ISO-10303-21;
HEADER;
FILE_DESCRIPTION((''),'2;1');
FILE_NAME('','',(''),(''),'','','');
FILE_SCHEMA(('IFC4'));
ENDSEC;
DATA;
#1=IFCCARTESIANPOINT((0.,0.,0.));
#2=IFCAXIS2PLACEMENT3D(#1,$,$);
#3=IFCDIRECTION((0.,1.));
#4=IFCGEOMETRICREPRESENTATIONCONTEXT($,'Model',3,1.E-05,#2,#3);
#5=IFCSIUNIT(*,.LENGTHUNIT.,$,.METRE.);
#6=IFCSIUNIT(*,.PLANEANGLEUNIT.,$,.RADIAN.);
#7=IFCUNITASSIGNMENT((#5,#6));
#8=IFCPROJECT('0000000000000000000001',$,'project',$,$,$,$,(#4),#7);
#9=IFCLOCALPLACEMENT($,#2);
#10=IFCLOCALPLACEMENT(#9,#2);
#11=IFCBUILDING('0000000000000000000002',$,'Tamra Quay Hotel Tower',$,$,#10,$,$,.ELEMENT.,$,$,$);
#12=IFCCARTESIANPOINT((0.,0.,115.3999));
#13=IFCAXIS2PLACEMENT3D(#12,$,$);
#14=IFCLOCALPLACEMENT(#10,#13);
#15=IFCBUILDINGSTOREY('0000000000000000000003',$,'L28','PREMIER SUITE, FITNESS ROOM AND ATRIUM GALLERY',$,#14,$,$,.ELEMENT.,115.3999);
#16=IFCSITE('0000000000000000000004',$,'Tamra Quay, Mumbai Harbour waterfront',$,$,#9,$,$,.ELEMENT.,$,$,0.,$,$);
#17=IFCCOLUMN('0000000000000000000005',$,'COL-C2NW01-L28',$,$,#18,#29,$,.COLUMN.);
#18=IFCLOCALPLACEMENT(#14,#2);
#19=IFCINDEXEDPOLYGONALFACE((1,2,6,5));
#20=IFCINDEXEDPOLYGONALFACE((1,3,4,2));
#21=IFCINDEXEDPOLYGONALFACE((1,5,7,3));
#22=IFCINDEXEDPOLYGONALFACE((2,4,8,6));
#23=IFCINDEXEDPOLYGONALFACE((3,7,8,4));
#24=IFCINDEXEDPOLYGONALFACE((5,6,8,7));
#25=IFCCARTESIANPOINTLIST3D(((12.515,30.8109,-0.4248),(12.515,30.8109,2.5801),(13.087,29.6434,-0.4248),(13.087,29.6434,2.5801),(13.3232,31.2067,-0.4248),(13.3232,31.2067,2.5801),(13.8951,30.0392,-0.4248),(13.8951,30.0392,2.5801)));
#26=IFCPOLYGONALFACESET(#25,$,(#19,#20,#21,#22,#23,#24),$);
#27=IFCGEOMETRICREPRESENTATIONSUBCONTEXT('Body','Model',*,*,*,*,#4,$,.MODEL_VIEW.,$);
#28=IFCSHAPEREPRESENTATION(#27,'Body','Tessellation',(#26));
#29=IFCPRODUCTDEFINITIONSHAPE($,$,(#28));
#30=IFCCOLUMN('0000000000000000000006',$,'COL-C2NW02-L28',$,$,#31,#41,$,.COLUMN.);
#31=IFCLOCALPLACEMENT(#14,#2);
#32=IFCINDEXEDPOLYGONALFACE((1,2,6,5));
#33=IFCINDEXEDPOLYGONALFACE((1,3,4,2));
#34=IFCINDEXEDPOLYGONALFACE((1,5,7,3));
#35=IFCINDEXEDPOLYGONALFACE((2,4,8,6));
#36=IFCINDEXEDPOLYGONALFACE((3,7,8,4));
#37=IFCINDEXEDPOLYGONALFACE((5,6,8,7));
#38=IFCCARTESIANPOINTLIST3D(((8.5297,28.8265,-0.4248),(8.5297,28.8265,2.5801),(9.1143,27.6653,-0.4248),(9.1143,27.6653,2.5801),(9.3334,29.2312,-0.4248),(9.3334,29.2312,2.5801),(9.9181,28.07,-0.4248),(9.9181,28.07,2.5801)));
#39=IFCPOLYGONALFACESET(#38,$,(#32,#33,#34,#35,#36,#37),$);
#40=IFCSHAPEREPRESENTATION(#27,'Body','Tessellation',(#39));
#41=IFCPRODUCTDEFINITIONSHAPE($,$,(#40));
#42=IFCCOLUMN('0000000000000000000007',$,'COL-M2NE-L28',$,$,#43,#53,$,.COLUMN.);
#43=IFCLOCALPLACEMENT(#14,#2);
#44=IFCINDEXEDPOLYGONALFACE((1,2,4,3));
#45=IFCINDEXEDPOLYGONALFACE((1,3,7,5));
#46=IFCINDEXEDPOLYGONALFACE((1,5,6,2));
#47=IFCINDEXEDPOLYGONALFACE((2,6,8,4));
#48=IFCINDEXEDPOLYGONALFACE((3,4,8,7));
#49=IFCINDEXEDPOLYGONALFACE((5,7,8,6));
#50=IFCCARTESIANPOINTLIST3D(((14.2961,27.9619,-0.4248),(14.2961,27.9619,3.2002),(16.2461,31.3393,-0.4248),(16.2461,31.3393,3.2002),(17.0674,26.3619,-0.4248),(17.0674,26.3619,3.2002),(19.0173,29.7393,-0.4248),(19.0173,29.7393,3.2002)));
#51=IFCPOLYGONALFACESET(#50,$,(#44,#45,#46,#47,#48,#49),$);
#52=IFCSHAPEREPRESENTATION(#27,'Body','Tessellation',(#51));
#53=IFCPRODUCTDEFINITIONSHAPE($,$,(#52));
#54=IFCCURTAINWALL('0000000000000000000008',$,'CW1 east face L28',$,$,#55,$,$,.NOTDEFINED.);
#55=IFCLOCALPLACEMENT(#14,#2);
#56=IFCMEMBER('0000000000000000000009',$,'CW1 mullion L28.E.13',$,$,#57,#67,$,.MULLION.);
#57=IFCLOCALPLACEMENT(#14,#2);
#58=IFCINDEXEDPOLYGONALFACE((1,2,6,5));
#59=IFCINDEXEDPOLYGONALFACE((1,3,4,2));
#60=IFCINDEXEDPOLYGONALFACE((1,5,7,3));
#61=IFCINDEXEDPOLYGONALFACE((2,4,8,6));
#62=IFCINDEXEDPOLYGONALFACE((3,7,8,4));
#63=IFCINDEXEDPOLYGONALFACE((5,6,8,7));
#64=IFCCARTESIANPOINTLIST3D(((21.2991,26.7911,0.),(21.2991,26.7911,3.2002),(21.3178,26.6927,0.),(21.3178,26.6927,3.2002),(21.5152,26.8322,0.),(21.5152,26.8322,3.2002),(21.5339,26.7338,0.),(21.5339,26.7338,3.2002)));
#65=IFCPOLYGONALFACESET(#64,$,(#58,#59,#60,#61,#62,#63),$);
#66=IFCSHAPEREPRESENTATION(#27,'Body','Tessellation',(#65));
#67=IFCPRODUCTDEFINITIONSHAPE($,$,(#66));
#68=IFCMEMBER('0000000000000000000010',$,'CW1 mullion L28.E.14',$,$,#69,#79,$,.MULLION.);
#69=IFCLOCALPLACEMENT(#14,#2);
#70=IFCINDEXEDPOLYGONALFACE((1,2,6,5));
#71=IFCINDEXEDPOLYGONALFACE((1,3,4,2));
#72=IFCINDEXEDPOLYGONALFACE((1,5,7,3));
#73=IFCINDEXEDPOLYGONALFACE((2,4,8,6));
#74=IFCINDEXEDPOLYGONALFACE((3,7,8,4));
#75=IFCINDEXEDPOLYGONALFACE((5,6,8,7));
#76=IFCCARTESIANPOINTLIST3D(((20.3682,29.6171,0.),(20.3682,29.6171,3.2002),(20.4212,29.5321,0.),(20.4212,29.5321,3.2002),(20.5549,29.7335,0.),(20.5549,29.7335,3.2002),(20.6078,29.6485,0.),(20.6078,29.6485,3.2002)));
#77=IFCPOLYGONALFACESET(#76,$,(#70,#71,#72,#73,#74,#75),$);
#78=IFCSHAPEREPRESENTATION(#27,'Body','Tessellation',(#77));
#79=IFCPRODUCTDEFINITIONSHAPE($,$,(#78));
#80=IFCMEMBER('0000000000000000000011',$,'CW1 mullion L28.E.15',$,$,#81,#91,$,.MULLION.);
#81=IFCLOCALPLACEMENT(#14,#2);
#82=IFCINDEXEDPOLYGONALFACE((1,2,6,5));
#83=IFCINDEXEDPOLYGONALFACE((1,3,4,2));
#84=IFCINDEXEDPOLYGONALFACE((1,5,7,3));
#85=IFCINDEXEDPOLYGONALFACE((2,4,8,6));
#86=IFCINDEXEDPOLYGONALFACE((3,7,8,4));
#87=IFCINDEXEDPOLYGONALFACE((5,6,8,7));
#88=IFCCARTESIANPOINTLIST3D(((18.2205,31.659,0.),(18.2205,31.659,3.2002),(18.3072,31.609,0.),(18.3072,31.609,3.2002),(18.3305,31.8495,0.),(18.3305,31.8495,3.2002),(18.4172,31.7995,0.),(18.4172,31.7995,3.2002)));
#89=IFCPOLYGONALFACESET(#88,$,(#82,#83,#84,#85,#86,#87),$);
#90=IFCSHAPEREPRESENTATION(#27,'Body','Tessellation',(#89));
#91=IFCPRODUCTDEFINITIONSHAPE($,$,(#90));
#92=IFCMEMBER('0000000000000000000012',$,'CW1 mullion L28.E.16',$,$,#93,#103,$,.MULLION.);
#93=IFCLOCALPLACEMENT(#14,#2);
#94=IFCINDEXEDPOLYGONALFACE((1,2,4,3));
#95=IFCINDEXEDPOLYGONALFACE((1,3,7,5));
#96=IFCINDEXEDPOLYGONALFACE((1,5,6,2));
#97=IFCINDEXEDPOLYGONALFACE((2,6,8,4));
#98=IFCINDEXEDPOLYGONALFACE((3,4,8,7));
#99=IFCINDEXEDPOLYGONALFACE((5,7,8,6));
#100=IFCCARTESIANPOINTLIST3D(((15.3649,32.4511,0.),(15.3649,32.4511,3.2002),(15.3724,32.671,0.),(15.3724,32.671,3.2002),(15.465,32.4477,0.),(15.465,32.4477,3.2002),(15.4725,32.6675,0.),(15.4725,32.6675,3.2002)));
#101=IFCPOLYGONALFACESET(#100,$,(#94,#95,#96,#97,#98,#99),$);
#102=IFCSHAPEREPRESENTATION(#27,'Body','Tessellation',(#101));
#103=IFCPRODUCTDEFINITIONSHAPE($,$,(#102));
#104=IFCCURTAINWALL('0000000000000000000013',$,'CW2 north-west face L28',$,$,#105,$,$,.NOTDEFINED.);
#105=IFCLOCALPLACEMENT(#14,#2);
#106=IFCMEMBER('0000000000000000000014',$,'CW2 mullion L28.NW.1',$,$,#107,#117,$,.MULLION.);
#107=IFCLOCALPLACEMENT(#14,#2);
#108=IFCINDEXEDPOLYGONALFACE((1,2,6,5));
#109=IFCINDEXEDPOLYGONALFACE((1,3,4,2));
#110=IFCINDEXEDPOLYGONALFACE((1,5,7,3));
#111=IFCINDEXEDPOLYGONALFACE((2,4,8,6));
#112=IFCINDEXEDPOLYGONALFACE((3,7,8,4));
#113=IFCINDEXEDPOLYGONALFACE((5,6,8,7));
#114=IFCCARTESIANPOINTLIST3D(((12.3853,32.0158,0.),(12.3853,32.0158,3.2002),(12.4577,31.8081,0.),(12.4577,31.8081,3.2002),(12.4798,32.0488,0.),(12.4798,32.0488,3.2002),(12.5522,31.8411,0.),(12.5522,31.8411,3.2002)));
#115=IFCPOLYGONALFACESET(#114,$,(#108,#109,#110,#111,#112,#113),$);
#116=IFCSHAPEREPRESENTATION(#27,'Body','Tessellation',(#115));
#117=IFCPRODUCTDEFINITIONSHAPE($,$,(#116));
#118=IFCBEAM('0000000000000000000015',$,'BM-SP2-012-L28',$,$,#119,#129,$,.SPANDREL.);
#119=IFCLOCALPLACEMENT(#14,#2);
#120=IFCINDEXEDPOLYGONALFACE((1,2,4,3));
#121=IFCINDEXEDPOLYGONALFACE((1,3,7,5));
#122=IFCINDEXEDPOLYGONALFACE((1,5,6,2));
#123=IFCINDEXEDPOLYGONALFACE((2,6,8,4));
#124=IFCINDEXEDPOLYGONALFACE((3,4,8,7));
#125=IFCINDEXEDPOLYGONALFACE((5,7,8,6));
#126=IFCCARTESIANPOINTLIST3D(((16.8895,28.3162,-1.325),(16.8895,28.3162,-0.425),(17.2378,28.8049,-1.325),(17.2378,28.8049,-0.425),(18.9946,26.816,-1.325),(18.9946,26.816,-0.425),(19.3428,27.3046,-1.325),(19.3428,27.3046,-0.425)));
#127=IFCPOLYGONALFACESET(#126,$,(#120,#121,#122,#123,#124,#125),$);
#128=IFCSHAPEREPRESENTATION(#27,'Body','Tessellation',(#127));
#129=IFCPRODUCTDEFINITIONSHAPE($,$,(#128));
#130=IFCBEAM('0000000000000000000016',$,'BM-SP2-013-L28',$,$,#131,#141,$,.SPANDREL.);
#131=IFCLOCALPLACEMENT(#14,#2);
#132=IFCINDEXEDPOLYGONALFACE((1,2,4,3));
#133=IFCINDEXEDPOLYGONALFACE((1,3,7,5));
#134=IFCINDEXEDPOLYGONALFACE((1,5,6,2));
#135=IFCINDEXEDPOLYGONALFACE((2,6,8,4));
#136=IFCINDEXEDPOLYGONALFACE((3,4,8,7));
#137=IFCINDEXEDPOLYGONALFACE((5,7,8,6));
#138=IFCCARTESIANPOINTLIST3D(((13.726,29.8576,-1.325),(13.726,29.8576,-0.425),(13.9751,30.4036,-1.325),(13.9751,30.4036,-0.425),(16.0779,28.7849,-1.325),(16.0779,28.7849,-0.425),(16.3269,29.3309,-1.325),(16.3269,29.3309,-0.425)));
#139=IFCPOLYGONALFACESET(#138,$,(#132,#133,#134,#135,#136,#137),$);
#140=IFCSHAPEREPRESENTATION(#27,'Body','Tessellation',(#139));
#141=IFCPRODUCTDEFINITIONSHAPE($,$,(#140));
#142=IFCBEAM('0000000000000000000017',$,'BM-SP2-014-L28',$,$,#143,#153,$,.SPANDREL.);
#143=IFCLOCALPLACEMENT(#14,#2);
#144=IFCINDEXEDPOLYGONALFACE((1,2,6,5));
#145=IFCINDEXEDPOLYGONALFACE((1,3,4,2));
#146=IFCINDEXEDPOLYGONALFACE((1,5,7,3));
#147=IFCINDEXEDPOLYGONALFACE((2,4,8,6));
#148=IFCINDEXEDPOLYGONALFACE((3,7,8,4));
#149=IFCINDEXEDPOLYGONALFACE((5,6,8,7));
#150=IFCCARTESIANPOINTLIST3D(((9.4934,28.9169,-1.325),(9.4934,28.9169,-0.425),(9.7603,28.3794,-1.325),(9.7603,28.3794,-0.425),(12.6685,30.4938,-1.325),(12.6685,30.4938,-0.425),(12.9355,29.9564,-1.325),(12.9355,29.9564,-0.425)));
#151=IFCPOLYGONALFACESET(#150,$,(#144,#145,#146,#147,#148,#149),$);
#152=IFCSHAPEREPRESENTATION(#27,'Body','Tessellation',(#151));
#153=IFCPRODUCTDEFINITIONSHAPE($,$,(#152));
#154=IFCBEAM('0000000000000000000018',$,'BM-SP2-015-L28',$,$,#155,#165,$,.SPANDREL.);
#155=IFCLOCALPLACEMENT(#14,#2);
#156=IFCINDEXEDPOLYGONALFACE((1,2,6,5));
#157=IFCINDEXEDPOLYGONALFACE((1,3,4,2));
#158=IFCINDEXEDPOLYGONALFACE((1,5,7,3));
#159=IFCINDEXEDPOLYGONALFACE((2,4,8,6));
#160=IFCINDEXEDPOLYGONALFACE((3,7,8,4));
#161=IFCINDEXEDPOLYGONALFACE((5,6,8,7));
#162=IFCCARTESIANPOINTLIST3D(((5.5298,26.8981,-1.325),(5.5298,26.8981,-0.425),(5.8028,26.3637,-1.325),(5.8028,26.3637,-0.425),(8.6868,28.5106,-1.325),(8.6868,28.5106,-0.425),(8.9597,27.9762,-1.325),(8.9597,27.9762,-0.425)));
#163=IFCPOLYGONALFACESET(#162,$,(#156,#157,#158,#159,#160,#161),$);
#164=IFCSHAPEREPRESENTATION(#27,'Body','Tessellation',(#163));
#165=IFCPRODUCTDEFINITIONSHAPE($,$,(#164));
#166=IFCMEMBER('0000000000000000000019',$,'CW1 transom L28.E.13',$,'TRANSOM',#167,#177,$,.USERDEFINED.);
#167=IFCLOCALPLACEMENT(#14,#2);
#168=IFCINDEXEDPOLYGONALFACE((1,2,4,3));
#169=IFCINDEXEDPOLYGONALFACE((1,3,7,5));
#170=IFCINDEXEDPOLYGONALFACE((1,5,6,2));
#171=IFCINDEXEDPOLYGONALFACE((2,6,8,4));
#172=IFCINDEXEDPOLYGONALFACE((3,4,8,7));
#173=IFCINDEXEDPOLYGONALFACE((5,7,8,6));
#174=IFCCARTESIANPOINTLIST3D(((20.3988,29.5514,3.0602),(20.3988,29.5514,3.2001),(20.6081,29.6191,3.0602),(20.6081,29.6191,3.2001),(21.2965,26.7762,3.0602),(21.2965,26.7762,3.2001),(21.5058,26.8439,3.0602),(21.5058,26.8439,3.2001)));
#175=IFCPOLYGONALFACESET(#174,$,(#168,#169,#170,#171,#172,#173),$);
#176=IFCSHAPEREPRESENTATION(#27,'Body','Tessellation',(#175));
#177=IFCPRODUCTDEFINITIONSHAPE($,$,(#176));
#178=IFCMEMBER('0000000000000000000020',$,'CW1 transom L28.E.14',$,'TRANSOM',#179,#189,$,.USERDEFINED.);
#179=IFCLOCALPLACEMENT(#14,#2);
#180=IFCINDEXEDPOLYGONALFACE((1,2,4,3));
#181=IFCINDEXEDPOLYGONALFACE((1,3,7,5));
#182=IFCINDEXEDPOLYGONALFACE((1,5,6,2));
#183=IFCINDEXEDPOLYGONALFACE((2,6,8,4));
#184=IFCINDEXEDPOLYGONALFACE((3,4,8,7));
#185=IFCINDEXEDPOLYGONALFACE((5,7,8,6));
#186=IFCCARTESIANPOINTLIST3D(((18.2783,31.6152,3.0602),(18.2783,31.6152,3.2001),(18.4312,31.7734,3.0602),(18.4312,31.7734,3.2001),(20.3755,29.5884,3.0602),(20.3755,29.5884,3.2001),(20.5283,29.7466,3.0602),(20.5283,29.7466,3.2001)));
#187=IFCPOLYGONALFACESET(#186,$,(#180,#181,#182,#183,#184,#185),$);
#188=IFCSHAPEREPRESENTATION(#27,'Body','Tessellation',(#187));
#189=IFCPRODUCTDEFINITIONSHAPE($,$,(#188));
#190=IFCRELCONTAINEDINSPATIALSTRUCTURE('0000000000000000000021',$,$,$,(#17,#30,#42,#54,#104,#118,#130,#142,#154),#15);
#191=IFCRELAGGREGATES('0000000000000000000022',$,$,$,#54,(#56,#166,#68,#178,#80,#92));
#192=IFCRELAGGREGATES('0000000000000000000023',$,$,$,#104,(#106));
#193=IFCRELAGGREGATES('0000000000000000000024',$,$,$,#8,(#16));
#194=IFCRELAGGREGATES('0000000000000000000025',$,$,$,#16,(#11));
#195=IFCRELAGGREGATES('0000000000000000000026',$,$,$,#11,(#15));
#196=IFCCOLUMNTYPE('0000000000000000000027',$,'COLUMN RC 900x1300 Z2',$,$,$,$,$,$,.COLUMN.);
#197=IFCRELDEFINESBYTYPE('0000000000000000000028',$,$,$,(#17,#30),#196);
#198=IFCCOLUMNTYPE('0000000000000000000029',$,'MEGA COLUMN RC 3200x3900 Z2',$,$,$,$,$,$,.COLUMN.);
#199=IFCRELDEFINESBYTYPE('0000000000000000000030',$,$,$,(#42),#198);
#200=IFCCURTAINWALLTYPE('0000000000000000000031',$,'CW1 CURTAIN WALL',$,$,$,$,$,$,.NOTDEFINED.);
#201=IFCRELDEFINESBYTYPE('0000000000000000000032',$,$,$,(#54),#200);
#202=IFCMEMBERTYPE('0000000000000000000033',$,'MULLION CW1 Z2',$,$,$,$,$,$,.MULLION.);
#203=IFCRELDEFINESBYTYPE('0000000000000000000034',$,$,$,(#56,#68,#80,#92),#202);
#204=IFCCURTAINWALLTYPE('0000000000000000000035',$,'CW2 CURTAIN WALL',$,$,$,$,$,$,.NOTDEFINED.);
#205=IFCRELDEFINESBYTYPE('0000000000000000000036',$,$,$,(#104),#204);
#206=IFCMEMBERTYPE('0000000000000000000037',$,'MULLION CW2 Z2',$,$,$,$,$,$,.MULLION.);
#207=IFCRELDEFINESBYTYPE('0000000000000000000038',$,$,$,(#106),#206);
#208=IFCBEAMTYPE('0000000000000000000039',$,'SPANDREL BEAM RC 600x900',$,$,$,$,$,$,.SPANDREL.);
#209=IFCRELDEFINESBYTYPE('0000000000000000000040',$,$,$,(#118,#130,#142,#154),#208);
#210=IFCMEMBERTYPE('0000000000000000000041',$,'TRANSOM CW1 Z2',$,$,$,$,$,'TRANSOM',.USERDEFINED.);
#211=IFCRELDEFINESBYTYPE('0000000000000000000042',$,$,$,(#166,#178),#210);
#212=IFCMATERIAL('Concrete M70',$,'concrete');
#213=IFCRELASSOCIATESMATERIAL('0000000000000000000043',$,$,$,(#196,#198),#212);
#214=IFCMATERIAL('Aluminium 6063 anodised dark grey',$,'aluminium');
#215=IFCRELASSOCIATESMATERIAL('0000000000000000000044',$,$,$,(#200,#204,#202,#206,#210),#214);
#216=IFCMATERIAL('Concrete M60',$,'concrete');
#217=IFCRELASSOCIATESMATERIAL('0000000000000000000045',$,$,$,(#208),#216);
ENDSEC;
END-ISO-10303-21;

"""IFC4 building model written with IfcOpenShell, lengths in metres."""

from ifc_helpers import new_model, si_unit, direction, frame, origin, origin_2d, place, context, subcontext, project, spatial, rectangle, extrude, material, material_profile, profile_set, type_object, element, aggregate, save


model = new_model("IFC4")

# Units and contexts
model_context = context("Model", 3, precision=1e-05, world=origin(), true_north=direction((0.0, 1.0)))
body_context = subcontext(model_context, "Body", "Model", "MODEL_VIEW")
ifc_project = project(units=[si_unit("LENGTHUNIT", "METRE"), si_unit("PLANEANGLEUNIT", "RADIAN")], contexts=[model_context])

# Site, building, storey
site_placement = place(None, origin())
site = spatial("IfcSite", under=ifc_project, at=site_placement, Name="Tamra Quay, Mumbai Harbour waterfront", CompositionType="ELEMENT", RefElevation=0.0)
building_placement = place(site_placement, origin())
building = spatial("IfcBuilding", under=site, at=building_placement, Name="Tamra Quay Hotel Tower", CompositionType="ELEMENT")
storey_placement = place(building_placement, frame((0.0, 0.0, 115.3999)))
storey = spatial("IfcBuildingStorey", under=building, at=storey_placement, Name="L28", Description="PREMIER SUITE, FITNESS ROOM AND ATRIUM GALLERY", CompositionType="ELEMENT", Elevation=115.3999)

# Columns
ifc_material_1 = material(Name="Concrete M70", Category="concrete")
ifc_material_profile_1 = material_profile(ifc_material_1, rectangle(XDim=1.3, YDim=0.8999, at=origin_2d()), Name="COLUMN RC 900x1300 Z2")
ifc_profile_set_1 = profile_set([ifc_material_profile_1], Name="Concrete M70")
column_type_1 = type_object("IfcColumnType", Name="COLUMN RC 900x1300 Z2", PredefinedType="COLUMN", material=ifc_profile_set_1)
for number, where, z_axis, x_axis, name in (
    (1, (13.2051, 30.425, -0.4248), (0.0, 0.0, 1.0), (-0.439916, 0.898039, 0.0), "COL-C2NW01-L28"),
    (2, (9.2239, 28.4482, -0.4248), (0.0, 0.0, 1.0), (-0.449727, 0.893166, 0.0), "COL-C2NW02-L28"),
):
    element("IfcColumn", number, at=place(storey_placement, frame(where, z_axis=z_axis, x_axis=x_axis)), inside=storey, type_object=column_type_1, Name=name, PredefinedType="COLUMN", context=body_context, shape_type="SweptSolid", body=[
        extrude(rectangle(XDim=1.3, YDim=0.8999, at=origin_2d()), origin(), (0.0, 0.0, 1.0), 3.0049),
    ])
ifc_material_profile_2 = material_profile(ifc_material_1, rectangle(XDim=3.8999, YDim=3.2, at=origin_2d()), Name="MEGA COLUMN RC 3200x3900 Z2")
ifc_profile_set_2 = profile_set([ifc_material_profile_2], Name="Concrete M70")
column_type_2 = type_object("IfcColumnType", Name="MEGA COLUMN RC 3200x3900 Z2", PredefinedType="COLUMN", material=ifc_profile_set_2)
column_placement = place(storey_placement, frame((16.6567, 28.8506, -0.4248), z_axis=(0.0, 0.0, 1.0), x_axis=(0.5, 0.866025, 0.0)))
element("IfcColumn", 3, at=column_placement, inside=storey, type_object=column_type_2, Name="COL-M2NE-L28", PredefinedType="COLUMN", context=body_context, shape_type="SweptSolid", body=[
    extrude(rectangle(XDim=3.8999, YDim=3.2, at=origin_2d()), origin(), (0.0, 0.0, 1.0), 3.625),
])

# Curtain wall, members
ifc_material_2 = material(Name="Aluminium 6063 anodised dark grey", Category="aluminium")
curtain_wall_type_1 = type_object("IfcCurtainWallType", Name="CW1 CURTAIN WALL", PredefinedType="NOTDEFINED", material=ifc_material_2)
curtain_wall_1_placement = place(storey_placement, origin())
curtain_wall_1 = element("IfcCurtainWall", 4, at=curtain_wall_1_placement, inside=storey, type_object=curtain_wall_type_1, Name="CW1 east face L28", PredefinedType="NOTDEFINED")
ifc_material_profile_3 = material_profile(ifc_material_2, rectangle(XDim=0.22, YDim=0.1001, at=origin_2d()), Name="MULLION 100X220")
ifc_profile_set_3 = profile_set([ifc_material_profile_3], Name="Aluminium 6063 anodised dark grey")
member_type_1 = type_object("IfcMemberType", Name="MULLION CW1 Z2", PredefinedType="MULLION", material=ifc_profile_set_3)
member_1_placement = place(storey_placement, frame((21.4165, 26.7625, 0.0), z_axis=(0.0, 0.0, 1.0), x_axis=(0.982419, 0.186689, 0.0)))
member_1 = element("IfcMember", 5, at=member_1_placement, type_object=member_type_1, Name="CW1 mullion L28.E.13", PredefinedType="MULLION", context=body_context, shape_type="SweptSolid", body=[
    extrude(rectangle(XDim=0.22, YDim=0.1001, at=origin_2d()), origin(), (0.0, 0.0, 1.0), 3.2002),
])
member_2_placement = place(storey_placement, frame((20.488, 29.6328, 0.0), z_axis=(0.0, 0.0, 1.0), x_axis=(0.848503, 0.52919, 0.0)))
member_2 = element("IfcMember", 6, at=member_2_placement, type_object=member_type_1, Name="CW1 mullion L28.E.14", PredefinedType="MULLION", context=body_context, shape_type="SweptSolid", body=[
    extrude(rectangle(XDim=0.22, YDim=0.1001, at=origin_2d()), origin(), (0.0, 0.0, 1.0), 3.2002),
])
member_3_placement = place(storey_placement, frame((18.3188, 31.7292, 0.0), z_axis=(0.0, 0.0, 1.0), x_axis=(0.5, 0.866025, 0.0)))
member_3 = element("IfcMember", 7, at=member_3_placement, type_object=member_type_1, Name="CW1 mullion L28.E.15", PredefinedType="MULLION", context=body_context, shape_type="SweptSolid", body=[
    extrude(rectangle(XDim=0.22, YDim=0.1001, at=origin_2d()), origin(), (0.0, 0.0, 1.0), 3.2002),
])
member_4_placement = place(storey_placement, frame((15.4187, 32.5593, 0.0), z_axis=(0.0, 0.0, 1.0), x_axis=(0.034041, 0.99942, 0.0)))
member_4 = element("IfcMember", 8, at=member_4_placement, type_object=member_type_1, Name="CW1 mullion L28.E.16", PredefinedType="MULLION", context=body_context, shape_type="SweptSolid", body=[
    extrude(rectangle(XDim=0.22, YDim=0.1001, at=origin_2d()), origin(), (0.0, 0.0, 1.0), 3.2002),
])

# Curtain wall, member
curtain_wall_type_2 = type_object("IfcCurtainWallType", Name="CW2 CURTAIN WALL", PredefinedType="NOTDEFINED", material=ifc_material_2)
curtain_wall_2_placement = place(storey_placement, origin())
curtain_wall_2 = element("IfcCurtainWall", 9, at=curtain_wall_2_placement, inside=storey, type_object=curtain_wall_type_2, Name="CW2 north-west face L28", PredefinedType="NOTDEFINED")
ifc_material_profile_4 = material_profile(ifc_material_2, rectangle(XDim=0.22, YDim=0.1001, at=origin_2d()), Name="MULLION 100X220")
ifc_profile_set_4 = profile_set([ifc_material_profile_4], Name="Aluminium 6063 anodised dark grey")
member_type_2 = type_object("IfcMemberType", Name="MULLION CW2 Z2", PredefinedType="MULLION", material=ifc_profile_set_4)
member_5_placement = place(storey_placement, frame((12.4688, 31.9285, 0.0), z_axis=(0.0, 0.0, 1.0), x_axis=(-0.329532, 0.944144, 0.0)))
member_5 = element("IfcMember", 10, at=member_5_placement, type_object=member_type_2, Name="CW2 mullion L28.NW.1", PredefinedType="MULLION", context=body_context, shape_type="SweptSolid", body=[
    extrude(rectangle(XDim=0.22, YDim=0.1001, at=origin_2d()), origin(), (0.0, 0.0, 1.0), 3.2002),
])

# Beams
ifc_material_3 = material(Name="Concrete M60", Category="concrete")
ifc_material_profile_5 = material_profile(ifc_material_3, rectangle(XDim=0.6001, YDim=0.8999, at=origin_2d()), Name="SPANDREL BEAM RC 600x900")
ifc_profile_set_5 = profile_set([ifc_material_profile_5], Name="Concrete M60")
beam_type = type_object("IfcBeamType", Name="SPANDREL BEAM RC 600x900", PredefinedType="SPANDREL", material=ifc_profile_set_5)
for number, where, z_axis, x_axis, name in (
    (11, (19.1687, 27.0603, -0.875), (-0.814339, 0.580389, 0.0), (-0.580389, -0.814339, 0.0), "BM-SP2-012-L28"),
    (12, (16.2024, 29.0579, -0.875), (-0.909819, 0.415005, 0.0), (-0.415005, -0.909819, 0.0), "BM-SP2-013-L28"),
):
    element("IfcBeam", number, at=place(storey_placement, frame(where, z_axis=z_axis, x_axis=x_axis)), inside=storey, type_object=beam_type, Name=name, PredefinedType="SPANDREL", context=body_context, shape_type="SweptSolid", body=[
        extrude(rectangle(XDim=0.6001, YDim=0.8999, at=origin_2d()), origin(), (0.0, 0.0, 1.0), 2.585),
    ])
beam_1_placement = place(storey_placement, frame((12.802, 30.2251, -0.875), z_axis=(-0.895622, -0.444815, 0.0), x_axis=(0.444815, -0.895622, 0.0)))
element("IfcBeam", 13, at=beam_1_placement, inside=storey, type_object=beam_type, Name="BM-SP2-014-L28", PredefinedType="SPANDREL", context=body_context, shape_type="SweptSolid", body=[
    extrude(rectangle(XDim=0.6001, YDim=0.8999, at=origin_2d()), origin(), (0.0, 0.0, 1.0), 3.5452),
])
beam_2_placement = place(storey_placement, frame((8.8232, 28.2434, -0.875), z_axis=(-0.890551, -0.454883, 0.0), x_axis=(0.454883, -0.890551, 0.0)))
element("IfcBeam", 14, at=beam_2_placement, inside=storey, type_object=beam_type, Name="BM-SP2-015-L28", PredefinedType="SPANDREL", context=body_context, shape_type="SweptSolid", body=[
    extrude(rectangle(XDim=0.6001, YDim=0.8999, at=origin_2d()), origin(), (0.0, 0.0, 1.0), 3.5449),
])

# Members
ifc_material_profile_6 = material_profile(ifc_material_2, rectangle(XDim=0.22, YDim=0.1399, at=origin_2d()), Name="TRANSOM 220X140")
ifc_profile_set_6 = profile_set([ifc_material_profile_6], Name="Aluminium 6063 anodised dark grey")
member_type_3 = type_object("IfcMemberType", Name="TRANSOM CW1 Z2", ElementType="TRANSOM", PredefinedType="USERDEFINED", material=ifc_profile_set_6)
member_6_placement = place(storey_placement, frame((21.4011, 26.8101, 3.1301), z_axis=(-0.307778, 0.951458, 0.0), x_axis=(-0.951458, -0.307778, 0.0)))
member_6 = element("IfcMember", 15, at=member_6_placement, type_object=member_type_3, Name="CW1 transom L28.E.13", ObjectType="TRANSOM", PredefinedType="USERDEFINED", context=body_context, shape_type="SweptSolid", body=[
    extrude(rectangle(XDim=0.22, YDim=0.1399, at=origin_2d()), origin(), (0.0, 0.0, 1.0), 2.9167),
])
member_7_placement = place(storey_placement, frame((20.4519, 29.6675, 3.1301), z_axis=(-0.719058, 0.69495, 0.0), x_axis=(-0.69495, -0.719058, 0.0)))
member_7 = element("IfcMember", 16, at=member_7_placement, type_object=member_type_3, Name="CW1 transom L28.E.14", ObjectType="TRANSOM", PredefinedType="USERDEFINED", context=body_context, shape_type="SweptSolid", body=[
    extrude(rectangle(XDim=0.22, YDim=0.1399, at=origin_2d()), origin(), (0.0, 0.0, 1.0), 2.9165),
])

aggregate(curtain_wall_1, [member_1, member_6, member_2, member_7, member_3, member_4])
aggregate(curtain_wall_2, [member_5])

save(model, "model.ifc")
